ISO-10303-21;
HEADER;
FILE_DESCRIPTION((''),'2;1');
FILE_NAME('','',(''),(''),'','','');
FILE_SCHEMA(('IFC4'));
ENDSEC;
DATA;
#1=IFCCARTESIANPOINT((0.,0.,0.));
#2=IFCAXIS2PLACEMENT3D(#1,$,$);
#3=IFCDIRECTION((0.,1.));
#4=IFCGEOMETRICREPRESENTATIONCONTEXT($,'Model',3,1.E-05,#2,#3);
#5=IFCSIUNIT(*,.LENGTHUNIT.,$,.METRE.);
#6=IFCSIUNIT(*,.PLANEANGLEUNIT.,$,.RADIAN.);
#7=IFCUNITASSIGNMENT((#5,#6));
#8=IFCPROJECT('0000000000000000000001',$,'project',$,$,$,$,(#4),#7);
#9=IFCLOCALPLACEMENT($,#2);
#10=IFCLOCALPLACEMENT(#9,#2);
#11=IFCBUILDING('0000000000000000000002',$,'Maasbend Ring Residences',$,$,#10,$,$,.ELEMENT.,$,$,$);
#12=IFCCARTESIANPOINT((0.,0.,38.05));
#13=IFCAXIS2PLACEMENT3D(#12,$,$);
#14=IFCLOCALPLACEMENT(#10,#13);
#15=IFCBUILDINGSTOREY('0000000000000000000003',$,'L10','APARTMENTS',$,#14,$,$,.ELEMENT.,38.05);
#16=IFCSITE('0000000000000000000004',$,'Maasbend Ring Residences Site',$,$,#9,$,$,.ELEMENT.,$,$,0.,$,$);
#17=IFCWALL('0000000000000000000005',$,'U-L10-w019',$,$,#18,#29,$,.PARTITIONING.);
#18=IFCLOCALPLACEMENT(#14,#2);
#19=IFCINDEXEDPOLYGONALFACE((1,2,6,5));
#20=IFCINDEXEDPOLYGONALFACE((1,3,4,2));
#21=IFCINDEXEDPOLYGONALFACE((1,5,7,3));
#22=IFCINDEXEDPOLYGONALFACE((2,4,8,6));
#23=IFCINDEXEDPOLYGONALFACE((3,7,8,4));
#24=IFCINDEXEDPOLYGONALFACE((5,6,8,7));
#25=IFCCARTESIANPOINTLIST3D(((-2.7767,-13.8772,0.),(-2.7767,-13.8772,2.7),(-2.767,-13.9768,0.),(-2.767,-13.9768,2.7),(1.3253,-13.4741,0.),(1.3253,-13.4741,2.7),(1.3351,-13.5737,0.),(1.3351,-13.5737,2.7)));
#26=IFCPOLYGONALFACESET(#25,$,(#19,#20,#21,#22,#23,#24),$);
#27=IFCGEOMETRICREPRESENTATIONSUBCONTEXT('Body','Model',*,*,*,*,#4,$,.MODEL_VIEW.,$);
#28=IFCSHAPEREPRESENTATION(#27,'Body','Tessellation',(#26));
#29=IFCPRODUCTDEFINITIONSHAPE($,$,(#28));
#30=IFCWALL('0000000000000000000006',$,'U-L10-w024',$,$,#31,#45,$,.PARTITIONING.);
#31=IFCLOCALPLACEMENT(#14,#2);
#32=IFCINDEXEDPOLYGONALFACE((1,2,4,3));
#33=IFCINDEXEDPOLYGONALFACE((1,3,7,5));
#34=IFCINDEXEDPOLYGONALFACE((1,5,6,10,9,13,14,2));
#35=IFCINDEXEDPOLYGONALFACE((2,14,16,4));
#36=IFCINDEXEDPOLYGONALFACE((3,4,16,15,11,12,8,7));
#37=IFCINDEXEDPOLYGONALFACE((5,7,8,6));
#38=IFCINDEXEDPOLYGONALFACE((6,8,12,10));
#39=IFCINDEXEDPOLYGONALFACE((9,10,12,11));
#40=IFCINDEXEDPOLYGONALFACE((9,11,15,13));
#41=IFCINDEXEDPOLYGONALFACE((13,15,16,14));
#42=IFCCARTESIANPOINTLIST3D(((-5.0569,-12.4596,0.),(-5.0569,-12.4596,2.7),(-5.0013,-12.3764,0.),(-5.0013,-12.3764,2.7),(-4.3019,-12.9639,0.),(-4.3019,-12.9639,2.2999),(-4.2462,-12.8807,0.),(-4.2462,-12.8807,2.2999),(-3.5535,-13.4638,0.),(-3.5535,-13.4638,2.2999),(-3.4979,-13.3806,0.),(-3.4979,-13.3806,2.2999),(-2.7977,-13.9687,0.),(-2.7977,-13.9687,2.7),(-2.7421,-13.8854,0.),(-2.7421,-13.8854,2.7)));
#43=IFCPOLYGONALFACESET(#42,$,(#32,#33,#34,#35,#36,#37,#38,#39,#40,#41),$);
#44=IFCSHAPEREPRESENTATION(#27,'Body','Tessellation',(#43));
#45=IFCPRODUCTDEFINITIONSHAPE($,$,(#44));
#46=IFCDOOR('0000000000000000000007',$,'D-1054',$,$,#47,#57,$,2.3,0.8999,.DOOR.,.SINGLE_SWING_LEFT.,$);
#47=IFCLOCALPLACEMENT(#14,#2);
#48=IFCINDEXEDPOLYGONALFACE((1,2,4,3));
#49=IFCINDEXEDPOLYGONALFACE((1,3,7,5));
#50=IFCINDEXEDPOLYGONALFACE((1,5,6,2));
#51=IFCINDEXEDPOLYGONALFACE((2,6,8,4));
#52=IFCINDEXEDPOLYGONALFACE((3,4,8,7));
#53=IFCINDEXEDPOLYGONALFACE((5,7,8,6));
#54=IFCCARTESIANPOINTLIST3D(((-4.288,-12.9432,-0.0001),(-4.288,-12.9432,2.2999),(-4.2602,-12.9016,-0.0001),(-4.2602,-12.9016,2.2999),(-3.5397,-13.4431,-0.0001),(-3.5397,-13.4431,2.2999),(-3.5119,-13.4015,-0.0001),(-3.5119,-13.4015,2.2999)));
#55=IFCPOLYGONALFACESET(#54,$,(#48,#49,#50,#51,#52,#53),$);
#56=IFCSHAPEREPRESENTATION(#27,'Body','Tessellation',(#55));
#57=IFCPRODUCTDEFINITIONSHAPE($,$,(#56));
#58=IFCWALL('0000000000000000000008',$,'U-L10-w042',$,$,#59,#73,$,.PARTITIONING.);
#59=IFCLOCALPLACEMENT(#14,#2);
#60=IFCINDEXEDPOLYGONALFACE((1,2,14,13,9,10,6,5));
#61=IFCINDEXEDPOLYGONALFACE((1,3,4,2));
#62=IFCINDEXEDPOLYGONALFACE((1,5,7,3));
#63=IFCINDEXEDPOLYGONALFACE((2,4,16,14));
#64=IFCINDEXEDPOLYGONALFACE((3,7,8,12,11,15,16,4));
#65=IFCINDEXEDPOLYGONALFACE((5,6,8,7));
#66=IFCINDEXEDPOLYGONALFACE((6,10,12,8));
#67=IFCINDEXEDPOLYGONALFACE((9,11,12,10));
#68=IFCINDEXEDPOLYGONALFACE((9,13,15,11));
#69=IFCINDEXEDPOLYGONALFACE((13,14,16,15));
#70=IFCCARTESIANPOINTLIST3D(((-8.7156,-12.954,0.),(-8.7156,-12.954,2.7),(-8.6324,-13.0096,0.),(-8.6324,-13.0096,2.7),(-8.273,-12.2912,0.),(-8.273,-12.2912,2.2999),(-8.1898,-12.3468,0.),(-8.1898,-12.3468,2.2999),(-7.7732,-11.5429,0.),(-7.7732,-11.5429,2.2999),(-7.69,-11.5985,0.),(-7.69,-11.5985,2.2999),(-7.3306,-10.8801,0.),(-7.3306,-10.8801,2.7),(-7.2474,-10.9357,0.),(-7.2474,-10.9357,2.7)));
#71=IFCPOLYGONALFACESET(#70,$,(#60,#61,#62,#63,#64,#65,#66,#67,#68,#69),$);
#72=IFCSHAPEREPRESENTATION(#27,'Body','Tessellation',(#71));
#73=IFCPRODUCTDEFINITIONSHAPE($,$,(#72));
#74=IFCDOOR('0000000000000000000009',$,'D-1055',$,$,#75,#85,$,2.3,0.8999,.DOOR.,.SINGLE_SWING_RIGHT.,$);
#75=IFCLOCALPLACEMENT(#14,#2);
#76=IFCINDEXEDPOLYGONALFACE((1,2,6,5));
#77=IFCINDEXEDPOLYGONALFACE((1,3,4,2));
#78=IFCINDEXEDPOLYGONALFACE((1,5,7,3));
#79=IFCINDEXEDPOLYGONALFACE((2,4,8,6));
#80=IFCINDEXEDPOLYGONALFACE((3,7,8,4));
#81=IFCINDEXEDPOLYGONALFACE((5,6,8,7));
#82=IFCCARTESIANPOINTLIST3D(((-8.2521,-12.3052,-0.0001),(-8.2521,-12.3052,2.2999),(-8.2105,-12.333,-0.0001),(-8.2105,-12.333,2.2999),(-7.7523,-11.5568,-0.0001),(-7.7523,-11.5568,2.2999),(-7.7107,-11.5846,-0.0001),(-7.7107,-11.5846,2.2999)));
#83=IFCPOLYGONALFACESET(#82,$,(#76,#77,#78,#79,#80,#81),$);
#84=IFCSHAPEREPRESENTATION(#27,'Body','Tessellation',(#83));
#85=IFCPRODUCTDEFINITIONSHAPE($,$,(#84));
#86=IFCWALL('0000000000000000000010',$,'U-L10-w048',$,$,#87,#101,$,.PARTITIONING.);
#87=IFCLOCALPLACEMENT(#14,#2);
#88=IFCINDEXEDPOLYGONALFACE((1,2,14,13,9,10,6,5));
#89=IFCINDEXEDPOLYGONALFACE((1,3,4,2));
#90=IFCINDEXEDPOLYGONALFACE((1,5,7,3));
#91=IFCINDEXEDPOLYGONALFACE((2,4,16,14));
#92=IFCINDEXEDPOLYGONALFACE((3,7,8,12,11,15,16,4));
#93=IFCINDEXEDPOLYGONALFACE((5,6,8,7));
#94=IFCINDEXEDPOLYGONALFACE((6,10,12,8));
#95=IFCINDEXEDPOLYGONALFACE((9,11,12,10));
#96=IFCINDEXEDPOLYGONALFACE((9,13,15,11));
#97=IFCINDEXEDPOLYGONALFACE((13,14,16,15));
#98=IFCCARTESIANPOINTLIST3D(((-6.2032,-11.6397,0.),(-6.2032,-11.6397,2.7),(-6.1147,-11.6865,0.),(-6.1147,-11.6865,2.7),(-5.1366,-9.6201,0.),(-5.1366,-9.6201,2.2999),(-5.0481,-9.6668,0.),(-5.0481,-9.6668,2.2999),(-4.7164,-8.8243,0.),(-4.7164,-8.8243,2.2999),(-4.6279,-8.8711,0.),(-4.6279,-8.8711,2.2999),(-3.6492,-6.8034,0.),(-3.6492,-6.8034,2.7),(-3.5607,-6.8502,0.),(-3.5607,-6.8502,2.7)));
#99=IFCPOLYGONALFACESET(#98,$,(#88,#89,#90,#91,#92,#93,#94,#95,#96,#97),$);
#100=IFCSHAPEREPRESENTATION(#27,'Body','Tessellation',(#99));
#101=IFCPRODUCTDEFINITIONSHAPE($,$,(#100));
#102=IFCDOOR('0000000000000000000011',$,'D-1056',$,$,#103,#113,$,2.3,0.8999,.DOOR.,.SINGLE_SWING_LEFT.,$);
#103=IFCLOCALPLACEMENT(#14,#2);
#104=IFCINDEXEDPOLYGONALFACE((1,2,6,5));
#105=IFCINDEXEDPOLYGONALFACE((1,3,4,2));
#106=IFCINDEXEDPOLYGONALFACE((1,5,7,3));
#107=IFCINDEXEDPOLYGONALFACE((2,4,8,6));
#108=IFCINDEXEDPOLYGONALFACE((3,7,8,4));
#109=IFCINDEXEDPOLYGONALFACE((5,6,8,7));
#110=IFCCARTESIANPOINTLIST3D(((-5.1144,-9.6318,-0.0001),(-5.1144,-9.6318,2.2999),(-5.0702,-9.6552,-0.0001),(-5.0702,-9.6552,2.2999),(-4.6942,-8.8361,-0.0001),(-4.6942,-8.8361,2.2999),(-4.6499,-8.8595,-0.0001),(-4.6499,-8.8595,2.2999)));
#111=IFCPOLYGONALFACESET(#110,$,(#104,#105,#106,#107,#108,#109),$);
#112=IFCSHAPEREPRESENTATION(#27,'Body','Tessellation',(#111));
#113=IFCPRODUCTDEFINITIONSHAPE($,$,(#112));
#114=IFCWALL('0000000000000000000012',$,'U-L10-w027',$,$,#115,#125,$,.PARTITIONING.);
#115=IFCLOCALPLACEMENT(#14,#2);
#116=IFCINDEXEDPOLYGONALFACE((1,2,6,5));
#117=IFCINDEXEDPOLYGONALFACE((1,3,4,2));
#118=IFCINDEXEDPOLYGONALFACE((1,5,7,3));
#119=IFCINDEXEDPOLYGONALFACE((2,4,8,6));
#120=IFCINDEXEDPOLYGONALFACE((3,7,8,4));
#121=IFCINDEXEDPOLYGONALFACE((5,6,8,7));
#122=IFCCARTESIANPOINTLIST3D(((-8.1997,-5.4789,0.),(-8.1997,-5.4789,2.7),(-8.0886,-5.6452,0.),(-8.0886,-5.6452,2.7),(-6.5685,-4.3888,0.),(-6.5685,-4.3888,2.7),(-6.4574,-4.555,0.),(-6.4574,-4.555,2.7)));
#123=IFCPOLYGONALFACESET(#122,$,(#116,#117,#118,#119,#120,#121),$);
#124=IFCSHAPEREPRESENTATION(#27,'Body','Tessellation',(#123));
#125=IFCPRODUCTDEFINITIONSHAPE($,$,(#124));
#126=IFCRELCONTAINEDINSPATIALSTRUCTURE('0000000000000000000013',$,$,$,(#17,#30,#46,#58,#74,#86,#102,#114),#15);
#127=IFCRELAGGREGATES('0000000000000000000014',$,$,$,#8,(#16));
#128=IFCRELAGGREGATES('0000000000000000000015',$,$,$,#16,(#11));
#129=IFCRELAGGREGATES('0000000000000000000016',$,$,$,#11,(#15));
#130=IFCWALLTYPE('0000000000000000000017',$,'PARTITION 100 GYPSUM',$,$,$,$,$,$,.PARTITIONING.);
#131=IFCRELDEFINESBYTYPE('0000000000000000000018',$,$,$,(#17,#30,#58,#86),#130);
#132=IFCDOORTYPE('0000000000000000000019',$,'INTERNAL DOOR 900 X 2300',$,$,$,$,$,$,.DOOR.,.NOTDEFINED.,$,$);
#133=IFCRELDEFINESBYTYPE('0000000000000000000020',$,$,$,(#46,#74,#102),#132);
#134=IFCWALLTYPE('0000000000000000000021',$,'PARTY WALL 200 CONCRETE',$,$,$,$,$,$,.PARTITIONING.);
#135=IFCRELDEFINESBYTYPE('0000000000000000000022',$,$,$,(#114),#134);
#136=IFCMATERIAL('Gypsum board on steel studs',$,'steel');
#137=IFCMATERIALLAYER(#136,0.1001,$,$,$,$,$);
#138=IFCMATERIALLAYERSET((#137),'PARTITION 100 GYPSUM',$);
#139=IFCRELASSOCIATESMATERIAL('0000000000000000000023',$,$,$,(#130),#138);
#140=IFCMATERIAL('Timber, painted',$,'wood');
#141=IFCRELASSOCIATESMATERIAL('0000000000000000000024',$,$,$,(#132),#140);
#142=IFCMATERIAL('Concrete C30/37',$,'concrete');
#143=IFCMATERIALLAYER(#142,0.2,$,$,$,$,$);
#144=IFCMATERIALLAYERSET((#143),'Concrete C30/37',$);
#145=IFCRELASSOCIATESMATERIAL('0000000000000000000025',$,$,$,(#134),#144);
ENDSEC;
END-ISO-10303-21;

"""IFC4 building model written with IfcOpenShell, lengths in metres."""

from ifc_helpers import new_model, si_unit, direction, frame, frame_2d, origin, place, context, subcontext, project, spatial, rectangle, extrude, material, layer, layer_set, type_object, element, fill, save


model = new_model("IFC4")

# Units and contexts
model_context = context("Model", 3, precision=1e-05, world=origin(), true_north=direction((0.0, 1.0)))
body_context = subcontext(model_context, "Body", "Model", "MODEL_VIEW")
ifc_project = project(units=[si_unit("LENGTHUNIT", "METRE"), si_unit("PLANEANGLEUNIT", "RADIAN")], contexts=[model_context])

# Site, building, storey
site_placement = place(None, origin())
site = spatial("IfcSite", under=ifc_project, at=site_placement, Name="Maasbend Ring Residences Site", CompositionType="ELEMENT", RefElevation=0.0)
building_placement = place(site_placement, origin())
building = spatial("IfcBuilding", under=site, at=building_placement, Name="Maasbend Ring Residences", CompositionType="ELEMENT")
storey_placement = place(building_placement, frame((0.0, 0.0, 38.05)))
storey = spatial("IfcBuildingStorey", under=building, at=storey_placement, Name="L10", Description="APARTMENTS", CompositionType="ELEMENT", Elevation=38.05)

# Wall
ifc_material_1 = material(Name="Gypsum board on steel studs", Category="steel")
ifc_layer_1 = layer(ifc_material_1, 0.1001)
ifc_layer_set_1 = layer_set([ifc_layer_1], Name="PARTITION 100 GYPSUM")
wall_type_1 = type_object("IfcWallType", Name="PARTITION 100 GYPSUM", PredefinedType="PARTITIONING", material=ifc_layer_set_1)
wall_1_placement = place(storey_placement, frame((-2.772, -13.927, 0.0), z_axis=(0.0, 0.0, 1.0), x_axis=(0.995207, 0.097791, 0.0)))
element("IfcWall", 1, at=wall_1_placement, inside=storey, type_object=wall_type_1, Name="U-L10-w019", PredefinedType="PARTITIONING", context=body_context, shape_type="SweptSolid", body=[
    extrude(rectangle(XDim=4.1218, YDim=0.1001, at=frame_2d((2.061, 0.0))), origin(), (0.0, 0.0, 1.0), 2.7),
])

# Walls, openings, doors
wall_2_placement = place(storey_placement, frame((-5.0291, -12.418, 0.0), z_axis=(0.0, 0.0, 1.0), x_axis=(0.831538, -0.555467, 0.0)))
wall_2 = element("IfcWall", 2, at=wall_2_placement, inside=storey, type_object=wall_type_1, Name="U-L10-w024", PredefinedType="PARTITIONING", context=body_context, shape_type="SweptSolid", body=[
    extrude(rectangle(XDim=2.7168, YDim=0.1001, at=frame_2d((1.3584, 0.0))), origin(), (0.0, 0.0, 1.0), 2.7),
])
opening_1_placement = place(wall_2_placement, frame((0.908, 0.0, 0.0)))
opening_1 = element("IfcOpeningElement", 3, at=opening_1_placement, cuts=wall_2, PredefinedType="OPENING", context=body_context, shape_type="SweptSolid", body=[
    extrude(rectangle(XDim=0.8999, YDim=2.3, at=frame_2d((0.45, 1.1499))), frame((0.0, 0.0601, 0.0), z_axis=(0.0, -1.0, 0.0), x_axis=(1.0, 0.0, 0.0)), (0.0, 0.0, 1.0), 0.1201),
])
ifc_material_2 = material(Name="Timber, painted", Category="wood")
door_type = type_object("IfcDoorType", Name="INTERNAL DOOR 900 X 2300", OperationType="NOTDEFINED", PredefinedType="DOOR", material=ifc_material_2)
door_1_placement = place(opening_1_placement, origin())
door_1 = element("IfcDoor", 4, at=door_1_placement, inside=storey, type_object=door_type, Name="D-1054", OperationType="SINGLE_SWING_LEFT", OverallHeight=2.3, OverallWidth=0.8999, PredefinedType="DOOR", context=body_context, shape_type="SweptSolid", body=[
    extrude(rectangle(XDim=0.8999, YDim=2.3, at=frame_2d((0.45, 1.1499))), frame((0.0, 0.0249, 0.0), z_axis=(0.0, -1.0, 0.0), x_axis=(1.0, 0.0, 0.0)), (0.0, 0.0, 1.0), 0.05),
])
fill(opening_1, door_1)
wall_3_placement = place(storey_placement, frame((-8.6741, -12.9819, 0.0), z_axis=(0.0, 0.0, 1.0), x_axis=(0.555355, 0.831613, 0.0)))
wall_3 = element("IfcWall", 5, at=wall_3_placement, inside=storey, type_object=wall_type_1, Name="U-L10-w042", PredefinedType="PARTITIONING", context=body_context, shape_type="SweptSolid", body=[
    extrude(rectangle(XDim=2.4939, YDim=0.1001, at=frame_2d((1.2471, 0.0))), origin(), (0.0, 0.0, 1.0), 2.7),
])
opening_2_placement = place(wall_3_placement, frame((0.7971, 0.0, 0.0)))
opening_2 = element("IfcOpeningElement", 6, at=opening_2_placement, cuts=wall_3, PredefinedType="OPENING", context=body_context, shape_type="SweptSolid", body=[
    extrude(rectangle(XDim=0.8999, YDim=2.3, at=frame_2d((0.45, 1.1499))), frame((0.0, 0.0601, 0.0), z_axis=(0.0, -1.0, 0.0), x_axis=(1.0, 0.0, 0.0)), (0.0, 0.0, 1.0), 0.1201),
])
door_2_placement = place(opening_2_placement, origin())
door_2 = element("IfcDoor", 7, at=door_2_placement, inside=storey, type_object=door_type, Name="D-1055", OperationType="SINGLE_SWING_RIGHT", OverallHeight=2.3, OverallWidth=0.8999, PredefinedType="DOOR", context=body_context, shape_type="SweptSolid", body=[
    extrude(rectangle(XDim=0.8999, YDim=2.3, at=frame_2d((0.45, 1.1499))), frame((0.0, 0.0249, 0.0), z_axis=(0.0, -1.0, 0.0), x_axis=(1.0, 0.0, 0.0)), (0.0, 0.0, 1.0), 0.05),
])
fill(opening_2, door_2)
wall_4_placement = place(storey_placement, frame((-6.1589, -11.6631, 0.0), z_axis=(0.0, 0.0, 1.0), x_axis=(0.466977, 0.88427, 0.0)))
wall_4 = element("IfcWall", 8, at=wall_4_placement, inside=storey, type_object=wall_type_1, Name="U-L10-w048", PredefinedType="PARTITIONING", context=body_context, shape_type="SweptSolid", body=[
    extrude(rectangle(XDim=5.4692, YDim=0.1001, at=frame_2d((2.7346, 0.0))), origin(), (0.0, 0.0, 1.0), 2.7),
])
opening_3_placement = place(wall_4_placement, frame((2.2839, 0.0, 0.0)))
opening_3 = element("IfcOpeningElement", 9, at=opening_3_placement, cuts=wall_4, PredefinedType="OPENING", context=body_context, shape_type="SweptSolid", body=[
    extrude(rectangle(XDim=0.8999, YDim=2.3, at=frame_2d((0.45, 1.1499))), frame((0.0, 0.0601, 0.0), z_axis=(0.0, -1.0, 0.0), x_axis=(1.0, 0.0, 0.0)), (0.0, 0.0, 1.0), 0.1201),
])
door_3_placement = place(opening_3_placement, origin())
door_3 = element("IfcDoor", 10, at=door_3_placement, inside=storey, type_object=door_type, Name="D-1056", OperationType="SINGLE_SWING_LEFT", OverallHeight=2.3, OverallWidth=0.8999, PredefinedType="DOOR", context=body_context, shape_type="SweptSolid", body=[
    extrude(rectangle(XDim=0.8999, YDim=2.3, at=frame_2d((0.45, 1.1499))), frame((0.0, 0.0249, 0.0), z_axis=(0.0, -1.0, 0.0), x_axis=(1.0, 0.0, 0.0)), (0.0, 0.0, 1.0), 0.05),
])
fill(opening_3, door_3)

# Wall
ifc_material_3 = material(Name="Concrete C30/37", Category="concrete")
ifc_layer_2 = layer(ifc_material_3, 0.2)
ifc_layer_set_2 = layer_set([ifc_layer_2], Name="Concrete C30/37")
wall_type_2 = type_object("IfcWallType", Name="PARTY WALL 200 CONCRETE", PredefinedType="PARTITIONING", material=ifc_layer_set_2)
wall_5_placement = place(storey_placement, frame((-6.5129, -4.4719, 0.0), z_axis=(0.0, 0.0, 1.0), x_axis=(-0.831418, -0.555648, 0.0)))
element("IfcWall", 11, at=wall_5_placement, inside=storey, type_object=wall_type_2, Name="U-L10-w027", PredefinedType="PARTITIONING", context=body_context, shape_type="SweptSolid", body=[
    extrude(rectangle(XDim=1.9619, YDim=0.2, at=frame_2d((0.981, 0.0))), origin(), (0.0, 0.0, 1.0), 2.7),
])

save(model, "model.ifc")
